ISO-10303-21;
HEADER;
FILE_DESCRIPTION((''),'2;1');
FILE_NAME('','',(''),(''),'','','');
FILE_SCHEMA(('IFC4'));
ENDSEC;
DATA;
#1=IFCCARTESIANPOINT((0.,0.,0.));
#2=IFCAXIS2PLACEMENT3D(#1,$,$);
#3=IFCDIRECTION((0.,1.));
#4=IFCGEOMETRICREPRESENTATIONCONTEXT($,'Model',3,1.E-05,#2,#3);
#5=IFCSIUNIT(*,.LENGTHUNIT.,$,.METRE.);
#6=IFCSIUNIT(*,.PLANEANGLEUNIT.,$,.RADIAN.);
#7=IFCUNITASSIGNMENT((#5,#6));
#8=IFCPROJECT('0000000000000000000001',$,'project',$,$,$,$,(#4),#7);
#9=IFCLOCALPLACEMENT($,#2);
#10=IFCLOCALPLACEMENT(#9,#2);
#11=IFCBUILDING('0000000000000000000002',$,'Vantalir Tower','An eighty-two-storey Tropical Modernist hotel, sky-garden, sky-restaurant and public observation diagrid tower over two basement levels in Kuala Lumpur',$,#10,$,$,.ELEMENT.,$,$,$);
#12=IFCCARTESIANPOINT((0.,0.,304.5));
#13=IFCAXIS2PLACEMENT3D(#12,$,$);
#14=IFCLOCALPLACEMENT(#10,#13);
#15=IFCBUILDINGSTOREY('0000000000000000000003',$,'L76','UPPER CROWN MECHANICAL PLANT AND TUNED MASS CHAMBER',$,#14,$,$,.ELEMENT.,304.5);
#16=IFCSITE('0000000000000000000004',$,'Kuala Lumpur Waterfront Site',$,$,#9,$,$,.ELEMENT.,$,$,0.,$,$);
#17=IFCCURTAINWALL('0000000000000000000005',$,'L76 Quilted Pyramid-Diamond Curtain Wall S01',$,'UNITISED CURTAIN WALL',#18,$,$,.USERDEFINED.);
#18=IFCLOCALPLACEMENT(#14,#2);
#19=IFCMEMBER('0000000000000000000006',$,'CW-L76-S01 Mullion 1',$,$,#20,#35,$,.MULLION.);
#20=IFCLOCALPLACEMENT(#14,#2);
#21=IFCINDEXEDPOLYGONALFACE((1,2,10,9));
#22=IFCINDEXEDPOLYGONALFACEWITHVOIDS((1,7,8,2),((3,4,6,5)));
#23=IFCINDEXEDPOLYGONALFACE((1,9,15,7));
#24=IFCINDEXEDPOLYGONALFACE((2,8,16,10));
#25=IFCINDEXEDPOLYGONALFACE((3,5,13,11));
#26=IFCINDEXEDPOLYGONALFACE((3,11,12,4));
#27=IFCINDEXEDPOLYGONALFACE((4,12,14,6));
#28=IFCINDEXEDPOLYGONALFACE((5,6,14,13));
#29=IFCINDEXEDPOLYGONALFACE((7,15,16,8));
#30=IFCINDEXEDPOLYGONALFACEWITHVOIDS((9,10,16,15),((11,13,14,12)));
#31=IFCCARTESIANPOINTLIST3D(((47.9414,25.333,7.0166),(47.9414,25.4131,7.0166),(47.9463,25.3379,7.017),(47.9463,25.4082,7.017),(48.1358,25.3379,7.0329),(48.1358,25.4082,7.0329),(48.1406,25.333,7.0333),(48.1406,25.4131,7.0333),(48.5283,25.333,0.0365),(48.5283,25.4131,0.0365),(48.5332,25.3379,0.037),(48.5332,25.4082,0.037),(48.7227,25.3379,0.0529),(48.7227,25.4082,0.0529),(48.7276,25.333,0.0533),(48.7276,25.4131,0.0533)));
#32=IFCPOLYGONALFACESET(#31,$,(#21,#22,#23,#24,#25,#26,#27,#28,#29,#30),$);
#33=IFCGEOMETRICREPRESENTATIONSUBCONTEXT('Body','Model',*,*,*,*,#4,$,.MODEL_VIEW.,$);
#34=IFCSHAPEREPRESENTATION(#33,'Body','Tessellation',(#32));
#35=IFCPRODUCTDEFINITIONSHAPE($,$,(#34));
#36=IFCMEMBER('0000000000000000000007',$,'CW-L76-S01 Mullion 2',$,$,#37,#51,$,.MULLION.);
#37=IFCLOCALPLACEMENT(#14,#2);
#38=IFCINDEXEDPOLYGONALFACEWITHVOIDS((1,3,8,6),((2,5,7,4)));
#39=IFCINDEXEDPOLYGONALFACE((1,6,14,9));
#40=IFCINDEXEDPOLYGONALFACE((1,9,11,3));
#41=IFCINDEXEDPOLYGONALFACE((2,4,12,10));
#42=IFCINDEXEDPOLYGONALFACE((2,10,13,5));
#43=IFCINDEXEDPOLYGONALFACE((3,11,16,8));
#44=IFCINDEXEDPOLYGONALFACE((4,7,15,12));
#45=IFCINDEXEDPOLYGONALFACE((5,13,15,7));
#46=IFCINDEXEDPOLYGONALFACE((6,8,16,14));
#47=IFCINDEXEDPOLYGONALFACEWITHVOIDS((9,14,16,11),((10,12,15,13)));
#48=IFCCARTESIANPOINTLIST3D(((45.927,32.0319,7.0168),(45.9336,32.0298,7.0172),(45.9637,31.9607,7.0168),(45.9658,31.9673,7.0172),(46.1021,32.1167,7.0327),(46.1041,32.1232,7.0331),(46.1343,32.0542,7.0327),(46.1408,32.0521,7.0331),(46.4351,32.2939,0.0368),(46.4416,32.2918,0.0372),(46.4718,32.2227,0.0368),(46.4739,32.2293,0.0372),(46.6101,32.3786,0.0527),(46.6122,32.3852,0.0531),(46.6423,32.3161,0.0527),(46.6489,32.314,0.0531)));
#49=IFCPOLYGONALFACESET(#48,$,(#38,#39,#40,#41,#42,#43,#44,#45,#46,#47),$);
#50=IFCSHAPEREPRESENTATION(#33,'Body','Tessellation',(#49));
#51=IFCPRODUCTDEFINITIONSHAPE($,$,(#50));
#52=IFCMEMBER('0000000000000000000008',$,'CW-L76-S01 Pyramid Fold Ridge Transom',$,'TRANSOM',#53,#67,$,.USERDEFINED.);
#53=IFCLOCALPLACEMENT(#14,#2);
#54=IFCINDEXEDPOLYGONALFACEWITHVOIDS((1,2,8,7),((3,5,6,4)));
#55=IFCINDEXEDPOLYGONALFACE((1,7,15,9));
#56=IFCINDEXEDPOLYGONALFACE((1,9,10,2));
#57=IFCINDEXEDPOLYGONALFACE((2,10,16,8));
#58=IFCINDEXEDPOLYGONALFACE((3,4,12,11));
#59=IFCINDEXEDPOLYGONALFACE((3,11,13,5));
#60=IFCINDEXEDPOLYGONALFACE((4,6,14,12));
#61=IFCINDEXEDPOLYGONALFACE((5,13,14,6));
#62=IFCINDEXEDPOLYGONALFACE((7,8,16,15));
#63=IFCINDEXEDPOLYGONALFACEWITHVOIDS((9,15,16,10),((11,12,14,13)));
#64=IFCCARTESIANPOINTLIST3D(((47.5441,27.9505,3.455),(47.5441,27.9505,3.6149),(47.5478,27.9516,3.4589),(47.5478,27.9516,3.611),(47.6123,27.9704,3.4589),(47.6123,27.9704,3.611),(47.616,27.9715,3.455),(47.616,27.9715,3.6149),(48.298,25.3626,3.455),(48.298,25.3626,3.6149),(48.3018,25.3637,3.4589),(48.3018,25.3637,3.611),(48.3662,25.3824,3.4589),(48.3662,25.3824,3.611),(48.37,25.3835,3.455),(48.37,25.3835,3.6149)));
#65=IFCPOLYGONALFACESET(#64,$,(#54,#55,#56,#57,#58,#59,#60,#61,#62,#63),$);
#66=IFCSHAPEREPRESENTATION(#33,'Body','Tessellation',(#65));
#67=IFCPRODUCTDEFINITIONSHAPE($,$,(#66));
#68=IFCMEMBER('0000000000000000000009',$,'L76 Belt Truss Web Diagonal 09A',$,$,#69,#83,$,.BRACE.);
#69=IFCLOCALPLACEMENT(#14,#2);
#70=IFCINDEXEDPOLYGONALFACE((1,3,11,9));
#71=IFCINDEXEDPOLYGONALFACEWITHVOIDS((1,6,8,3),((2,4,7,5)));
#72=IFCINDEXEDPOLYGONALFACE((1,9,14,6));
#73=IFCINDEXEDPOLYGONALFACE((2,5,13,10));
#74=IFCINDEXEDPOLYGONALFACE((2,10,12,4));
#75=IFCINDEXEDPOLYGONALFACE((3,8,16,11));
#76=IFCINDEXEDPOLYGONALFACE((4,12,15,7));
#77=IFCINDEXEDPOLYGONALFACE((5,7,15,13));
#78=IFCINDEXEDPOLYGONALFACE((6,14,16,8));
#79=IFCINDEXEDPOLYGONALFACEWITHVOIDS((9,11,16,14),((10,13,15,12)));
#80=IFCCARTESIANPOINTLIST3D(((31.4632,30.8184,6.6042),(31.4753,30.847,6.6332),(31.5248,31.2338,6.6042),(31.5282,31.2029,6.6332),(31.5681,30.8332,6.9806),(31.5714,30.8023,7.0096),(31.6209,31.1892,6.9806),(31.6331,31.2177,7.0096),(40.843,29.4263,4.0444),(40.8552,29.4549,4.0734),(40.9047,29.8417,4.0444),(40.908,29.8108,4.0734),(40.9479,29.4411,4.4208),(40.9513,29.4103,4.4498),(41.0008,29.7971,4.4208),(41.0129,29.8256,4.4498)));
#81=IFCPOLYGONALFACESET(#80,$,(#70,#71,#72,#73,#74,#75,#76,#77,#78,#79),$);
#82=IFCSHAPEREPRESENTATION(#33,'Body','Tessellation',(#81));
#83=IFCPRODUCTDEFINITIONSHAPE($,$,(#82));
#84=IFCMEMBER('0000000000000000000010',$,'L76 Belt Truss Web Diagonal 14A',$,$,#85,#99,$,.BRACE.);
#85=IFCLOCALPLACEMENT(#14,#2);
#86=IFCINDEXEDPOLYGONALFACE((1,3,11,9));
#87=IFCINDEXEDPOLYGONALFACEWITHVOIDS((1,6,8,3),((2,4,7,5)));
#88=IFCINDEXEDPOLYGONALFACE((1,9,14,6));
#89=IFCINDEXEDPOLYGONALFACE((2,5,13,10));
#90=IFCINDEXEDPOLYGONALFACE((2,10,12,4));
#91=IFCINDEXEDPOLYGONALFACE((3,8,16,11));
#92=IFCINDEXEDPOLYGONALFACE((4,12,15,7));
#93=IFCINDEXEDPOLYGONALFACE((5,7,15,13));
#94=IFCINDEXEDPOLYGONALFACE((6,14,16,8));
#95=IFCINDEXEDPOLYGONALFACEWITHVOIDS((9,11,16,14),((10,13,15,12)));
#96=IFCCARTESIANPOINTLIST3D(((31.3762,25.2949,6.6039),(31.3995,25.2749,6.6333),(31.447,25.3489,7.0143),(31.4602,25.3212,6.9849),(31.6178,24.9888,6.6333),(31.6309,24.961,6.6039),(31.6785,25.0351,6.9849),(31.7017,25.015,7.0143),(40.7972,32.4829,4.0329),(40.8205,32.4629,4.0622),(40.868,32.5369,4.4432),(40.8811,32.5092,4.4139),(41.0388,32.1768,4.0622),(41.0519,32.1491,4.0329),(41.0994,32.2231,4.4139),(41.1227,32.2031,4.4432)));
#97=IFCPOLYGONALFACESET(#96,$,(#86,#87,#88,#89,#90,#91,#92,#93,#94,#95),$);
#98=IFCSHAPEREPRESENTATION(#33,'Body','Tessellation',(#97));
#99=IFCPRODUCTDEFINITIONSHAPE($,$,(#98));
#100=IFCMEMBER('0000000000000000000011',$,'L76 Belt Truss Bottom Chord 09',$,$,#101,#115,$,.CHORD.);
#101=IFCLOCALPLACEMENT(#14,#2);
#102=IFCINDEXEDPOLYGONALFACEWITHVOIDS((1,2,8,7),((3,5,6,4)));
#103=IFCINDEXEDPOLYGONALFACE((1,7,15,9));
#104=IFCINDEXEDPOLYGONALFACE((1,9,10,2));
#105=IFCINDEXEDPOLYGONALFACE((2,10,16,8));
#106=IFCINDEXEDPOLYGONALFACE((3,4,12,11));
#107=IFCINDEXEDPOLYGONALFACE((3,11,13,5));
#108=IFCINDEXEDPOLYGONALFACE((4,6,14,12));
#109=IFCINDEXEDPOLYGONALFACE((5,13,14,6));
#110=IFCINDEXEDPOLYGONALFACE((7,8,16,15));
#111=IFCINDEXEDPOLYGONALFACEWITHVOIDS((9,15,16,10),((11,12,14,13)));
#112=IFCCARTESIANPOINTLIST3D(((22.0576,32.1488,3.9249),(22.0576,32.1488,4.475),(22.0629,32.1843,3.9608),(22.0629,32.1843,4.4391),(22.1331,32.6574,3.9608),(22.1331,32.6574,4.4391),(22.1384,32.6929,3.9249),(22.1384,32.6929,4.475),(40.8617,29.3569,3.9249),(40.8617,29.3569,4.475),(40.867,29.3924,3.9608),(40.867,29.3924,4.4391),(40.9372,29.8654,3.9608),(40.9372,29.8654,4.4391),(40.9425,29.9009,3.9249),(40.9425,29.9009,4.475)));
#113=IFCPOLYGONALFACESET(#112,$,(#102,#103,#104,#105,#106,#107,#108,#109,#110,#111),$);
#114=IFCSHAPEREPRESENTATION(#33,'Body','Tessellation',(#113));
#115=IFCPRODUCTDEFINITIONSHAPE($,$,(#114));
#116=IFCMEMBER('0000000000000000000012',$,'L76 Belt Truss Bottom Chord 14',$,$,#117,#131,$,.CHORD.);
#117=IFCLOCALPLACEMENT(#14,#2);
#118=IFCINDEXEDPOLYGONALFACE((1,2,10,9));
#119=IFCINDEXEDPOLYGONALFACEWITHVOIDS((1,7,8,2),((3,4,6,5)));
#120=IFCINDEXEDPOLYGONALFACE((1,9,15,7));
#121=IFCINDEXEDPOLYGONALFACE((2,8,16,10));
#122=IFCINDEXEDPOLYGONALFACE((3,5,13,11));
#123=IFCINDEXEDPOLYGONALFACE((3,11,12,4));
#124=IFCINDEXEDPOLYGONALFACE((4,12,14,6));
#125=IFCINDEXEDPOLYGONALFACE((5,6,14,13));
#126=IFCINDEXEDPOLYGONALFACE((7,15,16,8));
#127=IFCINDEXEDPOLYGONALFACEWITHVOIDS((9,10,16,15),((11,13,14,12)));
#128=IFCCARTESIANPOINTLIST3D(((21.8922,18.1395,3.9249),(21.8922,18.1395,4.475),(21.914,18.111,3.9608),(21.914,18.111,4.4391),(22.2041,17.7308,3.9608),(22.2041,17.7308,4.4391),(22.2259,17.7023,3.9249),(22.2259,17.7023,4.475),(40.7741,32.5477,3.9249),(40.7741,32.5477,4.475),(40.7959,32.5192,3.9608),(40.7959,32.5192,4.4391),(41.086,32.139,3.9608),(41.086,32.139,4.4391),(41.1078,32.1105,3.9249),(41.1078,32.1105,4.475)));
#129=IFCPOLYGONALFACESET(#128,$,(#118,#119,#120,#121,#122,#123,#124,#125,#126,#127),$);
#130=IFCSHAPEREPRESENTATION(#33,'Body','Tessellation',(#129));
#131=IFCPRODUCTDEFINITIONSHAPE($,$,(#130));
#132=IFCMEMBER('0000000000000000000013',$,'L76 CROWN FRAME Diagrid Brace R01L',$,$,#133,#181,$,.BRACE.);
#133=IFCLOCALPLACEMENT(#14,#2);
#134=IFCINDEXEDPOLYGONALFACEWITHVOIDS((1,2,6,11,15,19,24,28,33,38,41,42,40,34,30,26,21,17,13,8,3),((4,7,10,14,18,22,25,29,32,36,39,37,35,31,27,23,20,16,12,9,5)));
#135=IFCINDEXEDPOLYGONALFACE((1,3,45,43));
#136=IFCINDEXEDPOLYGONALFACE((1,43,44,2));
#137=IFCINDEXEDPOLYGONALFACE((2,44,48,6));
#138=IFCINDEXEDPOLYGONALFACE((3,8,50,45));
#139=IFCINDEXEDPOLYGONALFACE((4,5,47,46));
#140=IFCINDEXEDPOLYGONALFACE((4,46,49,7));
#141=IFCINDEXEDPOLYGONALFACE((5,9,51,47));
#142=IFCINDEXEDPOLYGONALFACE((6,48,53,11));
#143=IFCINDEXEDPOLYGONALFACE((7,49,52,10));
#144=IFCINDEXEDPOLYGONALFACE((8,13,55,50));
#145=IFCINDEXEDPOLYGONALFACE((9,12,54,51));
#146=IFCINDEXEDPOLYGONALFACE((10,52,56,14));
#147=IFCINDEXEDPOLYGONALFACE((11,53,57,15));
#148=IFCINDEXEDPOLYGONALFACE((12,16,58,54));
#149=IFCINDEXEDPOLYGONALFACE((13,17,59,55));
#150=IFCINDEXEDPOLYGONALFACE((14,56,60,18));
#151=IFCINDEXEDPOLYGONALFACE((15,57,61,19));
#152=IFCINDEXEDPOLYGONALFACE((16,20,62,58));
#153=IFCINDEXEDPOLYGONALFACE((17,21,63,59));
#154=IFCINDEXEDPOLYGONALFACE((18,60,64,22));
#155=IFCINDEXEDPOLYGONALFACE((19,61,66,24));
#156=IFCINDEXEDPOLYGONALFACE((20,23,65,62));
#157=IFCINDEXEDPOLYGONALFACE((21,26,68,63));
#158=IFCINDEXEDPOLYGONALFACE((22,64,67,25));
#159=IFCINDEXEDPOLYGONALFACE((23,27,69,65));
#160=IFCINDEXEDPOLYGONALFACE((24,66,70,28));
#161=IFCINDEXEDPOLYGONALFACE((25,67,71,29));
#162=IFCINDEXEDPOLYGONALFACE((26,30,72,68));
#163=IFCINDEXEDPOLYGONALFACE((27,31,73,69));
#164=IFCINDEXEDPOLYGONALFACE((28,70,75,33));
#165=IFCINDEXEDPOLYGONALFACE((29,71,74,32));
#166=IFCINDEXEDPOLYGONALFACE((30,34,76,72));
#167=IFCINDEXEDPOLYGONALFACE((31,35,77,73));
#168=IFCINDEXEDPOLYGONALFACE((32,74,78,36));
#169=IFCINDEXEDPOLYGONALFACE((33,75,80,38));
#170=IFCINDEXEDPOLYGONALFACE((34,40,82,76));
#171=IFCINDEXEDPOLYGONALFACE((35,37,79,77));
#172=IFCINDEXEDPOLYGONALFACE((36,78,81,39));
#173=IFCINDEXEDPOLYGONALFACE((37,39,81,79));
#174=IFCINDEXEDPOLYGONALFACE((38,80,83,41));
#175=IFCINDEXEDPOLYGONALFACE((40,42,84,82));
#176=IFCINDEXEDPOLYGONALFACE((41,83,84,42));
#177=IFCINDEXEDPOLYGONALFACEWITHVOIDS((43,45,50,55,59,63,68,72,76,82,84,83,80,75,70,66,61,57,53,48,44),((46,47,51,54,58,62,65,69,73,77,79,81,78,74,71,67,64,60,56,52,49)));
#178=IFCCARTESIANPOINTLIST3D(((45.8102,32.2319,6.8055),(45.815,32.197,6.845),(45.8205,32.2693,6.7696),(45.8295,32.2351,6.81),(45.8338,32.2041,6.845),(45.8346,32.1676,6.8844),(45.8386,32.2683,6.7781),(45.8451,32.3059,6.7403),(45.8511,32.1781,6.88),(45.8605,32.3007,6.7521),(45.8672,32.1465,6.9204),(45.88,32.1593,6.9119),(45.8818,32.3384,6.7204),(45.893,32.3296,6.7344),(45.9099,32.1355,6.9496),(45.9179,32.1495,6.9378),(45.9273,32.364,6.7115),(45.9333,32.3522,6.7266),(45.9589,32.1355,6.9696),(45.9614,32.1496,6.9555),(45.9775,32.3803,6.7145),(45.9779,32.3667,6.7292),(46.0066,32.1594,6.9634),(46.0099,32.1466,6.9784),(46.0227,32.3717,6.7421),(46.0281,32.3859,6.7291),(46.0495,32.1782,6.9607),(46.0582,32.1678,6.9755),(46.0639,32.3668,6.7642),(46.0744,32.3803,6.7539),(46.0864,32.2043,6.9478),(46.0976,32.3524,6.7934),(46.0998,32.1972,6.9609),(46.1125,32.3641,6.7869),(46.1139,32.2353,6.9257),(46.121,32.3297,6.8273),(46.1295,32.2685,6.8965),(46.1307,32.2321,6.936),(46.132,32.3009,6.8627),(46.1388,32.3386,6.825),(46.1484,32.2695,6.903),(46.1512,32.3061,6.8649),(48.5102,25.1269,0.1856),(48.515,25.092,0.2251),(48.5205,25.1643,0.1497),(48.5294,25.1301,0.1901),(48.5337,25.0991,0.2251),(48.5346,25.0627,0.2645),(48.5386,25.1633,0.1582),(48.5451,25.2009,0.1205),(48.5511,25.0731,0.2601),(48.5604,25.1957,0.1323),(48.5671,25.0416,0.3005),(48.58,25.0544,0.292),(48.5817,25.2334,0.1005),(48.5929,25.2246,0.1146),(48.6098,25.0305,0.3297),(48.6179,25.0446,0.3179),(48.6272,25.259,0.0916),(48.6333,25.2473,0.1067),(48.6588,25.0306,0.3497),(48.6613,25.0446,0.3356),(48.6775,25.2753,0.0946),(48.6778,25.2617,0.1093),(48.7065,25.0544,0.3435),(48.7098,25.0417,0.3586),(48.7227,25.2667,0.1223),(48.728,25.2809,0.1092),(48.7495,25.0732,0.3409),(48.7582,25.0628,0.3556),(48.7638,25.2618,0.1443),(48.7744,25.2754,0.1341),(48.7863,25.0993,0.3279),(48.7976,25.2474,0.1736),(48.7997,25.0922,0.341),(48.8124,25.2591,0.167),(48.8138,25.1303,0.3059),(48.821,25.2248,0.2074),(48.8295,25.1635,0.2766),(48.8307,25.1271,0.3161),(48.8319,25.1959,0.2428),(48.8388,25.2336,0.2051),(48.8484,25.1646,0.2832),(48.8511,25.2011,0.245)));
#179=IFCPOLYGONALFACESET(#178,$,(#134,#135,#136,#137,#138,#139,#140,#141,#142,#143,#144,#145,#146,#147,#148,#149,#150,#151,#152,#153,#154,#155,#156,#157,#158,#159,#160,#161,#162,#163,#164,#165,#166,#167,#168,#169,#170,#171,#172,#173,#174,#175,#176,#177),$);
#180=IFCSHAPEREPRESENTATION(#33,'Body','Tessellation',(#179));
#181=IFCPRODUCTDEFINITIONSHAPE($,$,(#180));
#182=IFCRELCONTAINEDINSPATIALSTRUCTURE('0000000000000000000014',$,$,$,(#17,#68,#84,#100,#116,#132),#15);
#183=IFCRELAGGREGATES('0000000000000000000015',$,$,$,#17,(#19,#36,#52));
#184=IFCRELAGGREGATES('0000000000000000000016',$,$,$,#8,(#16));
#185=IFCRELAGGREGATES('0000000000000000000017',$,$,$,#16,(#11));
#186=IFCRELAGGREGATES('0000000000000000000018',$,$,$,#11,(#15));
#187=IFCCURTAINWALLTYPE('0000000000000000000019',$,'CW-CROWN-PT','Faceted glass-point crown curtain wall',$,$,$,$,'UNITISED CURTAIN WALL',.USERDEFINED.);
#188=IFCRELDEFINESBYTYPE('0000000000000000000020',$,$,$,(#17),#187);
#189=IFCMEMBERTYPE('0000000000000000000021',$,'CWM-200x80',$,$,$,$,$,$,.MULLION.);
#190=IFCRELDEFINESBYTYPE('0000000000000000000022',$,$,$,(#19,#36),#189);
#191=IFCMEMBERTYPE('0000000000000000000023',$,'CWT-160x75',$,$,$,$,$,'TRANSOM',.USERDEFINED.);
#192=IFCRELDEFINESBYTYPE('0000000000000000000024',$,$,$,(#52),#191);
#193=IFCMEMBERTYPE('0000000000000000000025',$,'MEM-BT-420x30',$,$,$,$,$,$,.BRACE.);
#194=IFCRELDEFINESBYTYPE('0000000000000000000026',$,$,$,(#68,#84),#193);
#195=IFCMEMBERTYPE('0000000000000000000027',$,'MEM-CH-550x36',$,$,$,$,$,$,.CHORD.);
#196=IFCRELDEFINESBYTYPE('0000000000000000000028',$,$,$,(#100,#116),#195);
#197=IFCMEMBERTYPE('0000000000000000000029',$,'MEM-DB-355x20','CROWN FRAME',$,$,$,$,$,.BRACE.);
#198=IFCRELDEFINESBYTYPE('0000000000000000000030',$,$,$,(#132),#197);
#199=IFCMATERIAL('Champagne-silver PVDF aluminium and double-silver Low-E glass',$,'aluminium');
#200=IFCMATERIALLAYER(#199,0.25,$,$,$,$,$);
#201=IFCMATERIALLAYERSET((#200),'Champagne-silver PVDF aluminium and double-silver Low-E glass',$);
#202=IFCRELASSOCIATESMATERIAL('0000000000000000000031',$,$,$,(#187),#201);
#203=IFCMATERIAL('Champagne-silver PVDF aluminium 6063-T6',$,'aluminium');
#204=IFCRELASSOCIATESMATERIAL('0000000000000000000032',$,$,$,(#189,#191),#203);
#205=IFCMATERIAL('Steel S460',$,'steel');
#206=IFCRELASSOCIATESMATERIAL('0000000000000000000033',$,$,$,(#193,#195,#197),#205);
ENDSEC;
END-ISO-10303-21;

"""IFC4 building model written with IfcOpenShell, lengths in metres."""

from ifc_helpers import new_model, si_unit, direction, frame, origin, origin_2d, place, context, subcontext, project, spatial, hollow_rectangle, hollow_circle, extrude, material, layer, layer_set, material_profile, profile_set, type_object, element, aggregate, save


model = new_model("IFC4")

# Units and contexts
model_context = context("Model", 3, precision=1e-05, world=origin(), true_north=direction((0.0, 1.0)))
body_context = subcontext(model_context, "Body", "Model", "MODEL_VIEW")
ifc_project = project(units=[si_unit("LENGTHUNIT", "METRE"), si_unit("PLANEANGLEUNIT", "RADIAN")], contexts=[model_context])

# Site, building, storey
site_placement = place(None, origin())
site = spatial("IfcSite", under=ifc_project, at=site_placement, Name="Kuala Lumpur Waterfront Site", CompositionType="ELEMENT", RefElevation=0.0)
building_placement = place(site_placement, origin())
building = spatial("IfcBuilding", under=site, at=building_placement, Name="Vantalir Tower", Description="An eighty-two-storey Tropical Modernist hotel, sky-garden, sky-restaurant and public observation diagrid tower over two basement levels in Kuala Lumpur", CompositionType="ELEMENT")
storey_placement = place(building_placement, frame((0.0, 0.0, 304.5)))
storey = spatial("IfcBuildingStorey", under=building, at=storey_placement, Name="L76", Description="UPPER CROWN MECHANICAL PLANT AND TUNED MASS CHAMBER", CompositionType="ELEMENT", Elevation=304.5)

# Shared definitions
ifc_material_1 = material(Name="Steel S460", Category="steel")

# Curtain wall, members
ifc_material_2 = material(Name="Champagne-silver PVDF aluminium and double-silver Low-E glass", Category="aluminium")
ifc_layer_1 = layer(ifc_material_2, 0.25)
ifc_layer_set_1 = layer_set([ifc_layer_1], Name="Champagne-silver PVDF aluminium and double-silver Low-E glass")
curtain_wall_type = type_object("IfcCurtainWallType", Name="CW-CROWN-PT", Description="Faceted glass-point crown curtain wall", ElementType="UNITISED CURTAIN WALL", PredefinedType="USERDEFINED", material=ifc_layer_set_1)
curtain_wall_placement = place(storey_placement, origin())
curtain_wall = element("IfcCurtainWall", 1, at=curtain_wall_placement, inside=storey, type_object=curtain_wall_type, Name="L76 Quilted Pyramid-Diamond Curtain Wall S01", ObjectType="UNITISED CURTAIN WALL", PredefinedType="USERDEFINED")
ifc_material_3 = material(Name="Champagne-silver PVDF aluminium 6063-T6", Category="aluminium")
ifc_material_profile_1 = material_profile(ifc_material_3, hollow_rectangle(XDim=0.0801, YDim=0.2, WallThickness=0.0049, at=origin_2d()), Name="Champagne-silver PVDF aluminium 6063-T6")
ifc_profile_set_1 = profile_set([ifc_material_profile_1], Name="Champagne-silver PVDF aluminium 6063-T6")
member_type_1 = type_object("IfcMemberType", Name="CWM-200x80", PredefinedType="MULLION", material=ifc_profile_set_1)
member_1_placement = place(storey_placement, frame((48.6279, 25.373, 0.0449), z_axis=(-0.08379, 0.0, 0.996483), x_axis=(0.0, -1.0, 0.0)))
member_1 = element("IfcMember", 2, at=member_1_placement, type_object=member_type_1, Name="CW-L76-S01 Mullion 1", PredefinedType="MULLION", context=body_context, shape_type="SweptSolid", body=[
    extrude(hollow_rectangle(XDim=0.0801, YDim=0.2, WallThickness=0.0049, at=origin_2d()), origin(), (0.0, 0.0, 1.0), 7.0046),
])
member_2_placement = place(storey_placement, frame((46.542, 32.304, 0.0449), z_axis=(-0.072545, -0.037405, 0.996663), x_axis=(0.458284, -0.888806, 0.0)))
member_2 = element("IfcMember", 3, at=member_2_placement, type_object=member_type_1, Name="CW-L76-S01 Mullion 2", PredefinedType="MULLION", context=body_context, shape_type="SweptSolid", body=[
    extrude(hollow_rectangle(XDim=0.0801, YDim=0.2, WallThickness=0.0049, at=origin_2d()), origin(), (0.0, 0.0, 1.0), 7.0034),
])
ifc_material_profile_2 = material_profile(ifc_material_3, hollow_rectangle(XDim=0.075, YDim=0.1599, WallThickness=0.0039, at=origin_2d()), Name="Champagne-silver PVDF aluminium 6063-T6")
ifc_profile_set_2 = profile_set([ifc_material_profile_2], Name="Champagne-silver PVDF aluminium 6063-T6")
member_type_2 = type_object("IfcMemberType", Name="CWT-160x75", ElementType="TRANSOM", PredefinedType="USERDEFINED", material=ifc_profile_set_2)
member_3_placement = place(storey_placement, frame((48.334, 25.373, 3.5349), z_axis=(-0.279694, 0.960089, 0.0), x_axis=(-0.960089, -0.279694, 0.0)))
member_3 = element("IfcMember", 4, at=member_3_placement, type_object=member_type_2, Name="CW-L76-S01 Pyramid Fold Ridge Transom", ObjectType="TRANSOM", PredefinedType="USERDEFINED", context=body_context, shape_type="SweptSolid", body=[
    extrude(hollow_rectangle(XDim=0.075, YDim=0.1599, WallThickness=0.0039, at=origin_2d()), origin(), (0.0, 0.0, 1.0), 2.6956),
])

# Members
ifc_material_profile_3 = material_profile(ifc_material_1, hollow_rectangle(XDim=0.4199, YDim=0.4199, WallThickness=0.03, at=origin_2d()), Name="Steel S460")
ifc_profile_set_3 = profile_set([ifc_material_profile_3], Name="Steel S460")
member_type_3 = type_object("IfcMemberType", Name="MEM-BT-420x30", PredefinedType="BRACE", material=ifc_profile_set_3)
member_4_placement = place(storey_placement, frame((40.928, 29.626, 4.2471), z_axis=(-0.954982, 0.141731, 0.260619), x_axis=(-0.146804, -0.989166, 0.0)))
element("IfcMember", 5, at=member_4_placement, inside=storey, type_object=member_type_3, Name="L76 Belt Truss Web Diagonal 09A", PredefinedType="BRACE", context=body_context, shape_type="SweptSolid", body=[
    extrude(hollow_rectangle(XDim=0.4199, YDim=0.4199, WallThickness=0.03, at=origin_2d()), origin(), (0.0, 0.0, 1.0), 9.822),
])
member_5_placement = place(storey_placement, frame((40.96, 32.343, 4.238), z_axis=(-0.776941, -0.592793, 0.212034), x_axis=(0.606586, -0.795018, 0.0)))
element("IfcMember", 6, at=member_5_placement, inside=storey, type_object=member_type_3, Name="L76 Belt Truss Web Diagonal 14A", PredefinedType="BRACE", context=body_context, shape_type="SweptSolid", body=[
    extrude(hollow_rectangle(XDim=0.4199, YDim=0.4199, WallThickness=0.03, at=origin_2d()), origin(), (0.0, 0.0, 1.0), 12.1257),
])
ifc_material_profile_4 = material_profile(ifc_material_1, hollow_rectangle(XDim=0.55, YDim=0.55, WallThickness=0.0359, at=origin_2d()), Name="Steel S460")
ifc_profile_set_4 = profile_set([ifc_material_profile_4], Name="Steel S460")
member_type_4 = type_object("IfcMemberType", Name="MEM-CH-550x36", PredefinedType="CHORD", material=ifc_profile_set_4)
member_6_placement = place(storey_placement, frame((40.9021, 29.6289, 4.2), z_axis=(-0.989156, 0.146867, 0.0), x_axis=(-0.146867, -0.989156, 0.0)))
element("IfcMember", 7, at=member_6_placement, inside=storey, type_object=member_type_4, Name="L76 Belt Truss Bottom Chord 09", PredefinedType="CHORD", context=body_context, shape_type="SweptSolid", body=[
    extrude(hollow_rectangle(XDim=0.55, YDim=0.55, WallThickness=0.0359, at=origin_2d()), origin(), (0.0, 0.0, 1.0), 19.0103),
])
member_7_placement = place(storey_placement, frame((40.9409, 32.3291, 4.2), z_axis=(-0.794984, -0.60663, 0.0), x_axis=(0.60663, -0.794984, 0.0)))
element("IfcMember", 8, at=member_7_placement, inside=storey, type_object=member_type_4, Name="L76 Belt Truss Bottom Chord 14", PredefinedType="CHORD", context=body_context, shape_type="SweptSolid", body=[
    extrude(hollow_rectangle(XDim=0.55, YDim=0.55, WallThickness=0.0359, at=origin_2d()), origin(), (0.0, 0.0, 1.0), 23.7512),
])
ifc_material_profile_5 = material_profile(ifc_material_1, hollow_circle(Radius=0.1775, WallThickness=0.02, at=origin_2d()), Name="Steel S460")
ifc_profile_set_5 = profile_set([ifc_material_profile_5], Name="Steel S460")
member_type_5 = type_object("IfcMemberType", Name="MEM-DB-355x20", Description="CROWN FRAME", PredefinedType="BRACE", material=ifc_profile_set_5)
for number, where, z_axis, x_axis, name in (
    (9, (48.6809, 25.155, 0.2251), (-0.26787, 0.704905, 0.656776), (-0.934781, -0.355224, 0.0), "L76 CROWN FRAME Diagrid Brace R01L"),
):
    element("IfcMember", number, at=place(storey_placement, frame(where, z_axis=z_axis, x_axis=x_axis)), inside=storey, type_object=member_type_5, Name=name, PredefinedType="BRACE", context=body_context, shape_type="SweptSolid", body=[
        extrude(hollow_circle(Radius=0.1775, WallThickness=0.02, at=origin_2d()), origin(), (0.0, 0.0, 1.0), 10.0793),
    ])

aggregate(curtain_wall, [member_1, member_2, member_3])

save(model, "model.ifc")
